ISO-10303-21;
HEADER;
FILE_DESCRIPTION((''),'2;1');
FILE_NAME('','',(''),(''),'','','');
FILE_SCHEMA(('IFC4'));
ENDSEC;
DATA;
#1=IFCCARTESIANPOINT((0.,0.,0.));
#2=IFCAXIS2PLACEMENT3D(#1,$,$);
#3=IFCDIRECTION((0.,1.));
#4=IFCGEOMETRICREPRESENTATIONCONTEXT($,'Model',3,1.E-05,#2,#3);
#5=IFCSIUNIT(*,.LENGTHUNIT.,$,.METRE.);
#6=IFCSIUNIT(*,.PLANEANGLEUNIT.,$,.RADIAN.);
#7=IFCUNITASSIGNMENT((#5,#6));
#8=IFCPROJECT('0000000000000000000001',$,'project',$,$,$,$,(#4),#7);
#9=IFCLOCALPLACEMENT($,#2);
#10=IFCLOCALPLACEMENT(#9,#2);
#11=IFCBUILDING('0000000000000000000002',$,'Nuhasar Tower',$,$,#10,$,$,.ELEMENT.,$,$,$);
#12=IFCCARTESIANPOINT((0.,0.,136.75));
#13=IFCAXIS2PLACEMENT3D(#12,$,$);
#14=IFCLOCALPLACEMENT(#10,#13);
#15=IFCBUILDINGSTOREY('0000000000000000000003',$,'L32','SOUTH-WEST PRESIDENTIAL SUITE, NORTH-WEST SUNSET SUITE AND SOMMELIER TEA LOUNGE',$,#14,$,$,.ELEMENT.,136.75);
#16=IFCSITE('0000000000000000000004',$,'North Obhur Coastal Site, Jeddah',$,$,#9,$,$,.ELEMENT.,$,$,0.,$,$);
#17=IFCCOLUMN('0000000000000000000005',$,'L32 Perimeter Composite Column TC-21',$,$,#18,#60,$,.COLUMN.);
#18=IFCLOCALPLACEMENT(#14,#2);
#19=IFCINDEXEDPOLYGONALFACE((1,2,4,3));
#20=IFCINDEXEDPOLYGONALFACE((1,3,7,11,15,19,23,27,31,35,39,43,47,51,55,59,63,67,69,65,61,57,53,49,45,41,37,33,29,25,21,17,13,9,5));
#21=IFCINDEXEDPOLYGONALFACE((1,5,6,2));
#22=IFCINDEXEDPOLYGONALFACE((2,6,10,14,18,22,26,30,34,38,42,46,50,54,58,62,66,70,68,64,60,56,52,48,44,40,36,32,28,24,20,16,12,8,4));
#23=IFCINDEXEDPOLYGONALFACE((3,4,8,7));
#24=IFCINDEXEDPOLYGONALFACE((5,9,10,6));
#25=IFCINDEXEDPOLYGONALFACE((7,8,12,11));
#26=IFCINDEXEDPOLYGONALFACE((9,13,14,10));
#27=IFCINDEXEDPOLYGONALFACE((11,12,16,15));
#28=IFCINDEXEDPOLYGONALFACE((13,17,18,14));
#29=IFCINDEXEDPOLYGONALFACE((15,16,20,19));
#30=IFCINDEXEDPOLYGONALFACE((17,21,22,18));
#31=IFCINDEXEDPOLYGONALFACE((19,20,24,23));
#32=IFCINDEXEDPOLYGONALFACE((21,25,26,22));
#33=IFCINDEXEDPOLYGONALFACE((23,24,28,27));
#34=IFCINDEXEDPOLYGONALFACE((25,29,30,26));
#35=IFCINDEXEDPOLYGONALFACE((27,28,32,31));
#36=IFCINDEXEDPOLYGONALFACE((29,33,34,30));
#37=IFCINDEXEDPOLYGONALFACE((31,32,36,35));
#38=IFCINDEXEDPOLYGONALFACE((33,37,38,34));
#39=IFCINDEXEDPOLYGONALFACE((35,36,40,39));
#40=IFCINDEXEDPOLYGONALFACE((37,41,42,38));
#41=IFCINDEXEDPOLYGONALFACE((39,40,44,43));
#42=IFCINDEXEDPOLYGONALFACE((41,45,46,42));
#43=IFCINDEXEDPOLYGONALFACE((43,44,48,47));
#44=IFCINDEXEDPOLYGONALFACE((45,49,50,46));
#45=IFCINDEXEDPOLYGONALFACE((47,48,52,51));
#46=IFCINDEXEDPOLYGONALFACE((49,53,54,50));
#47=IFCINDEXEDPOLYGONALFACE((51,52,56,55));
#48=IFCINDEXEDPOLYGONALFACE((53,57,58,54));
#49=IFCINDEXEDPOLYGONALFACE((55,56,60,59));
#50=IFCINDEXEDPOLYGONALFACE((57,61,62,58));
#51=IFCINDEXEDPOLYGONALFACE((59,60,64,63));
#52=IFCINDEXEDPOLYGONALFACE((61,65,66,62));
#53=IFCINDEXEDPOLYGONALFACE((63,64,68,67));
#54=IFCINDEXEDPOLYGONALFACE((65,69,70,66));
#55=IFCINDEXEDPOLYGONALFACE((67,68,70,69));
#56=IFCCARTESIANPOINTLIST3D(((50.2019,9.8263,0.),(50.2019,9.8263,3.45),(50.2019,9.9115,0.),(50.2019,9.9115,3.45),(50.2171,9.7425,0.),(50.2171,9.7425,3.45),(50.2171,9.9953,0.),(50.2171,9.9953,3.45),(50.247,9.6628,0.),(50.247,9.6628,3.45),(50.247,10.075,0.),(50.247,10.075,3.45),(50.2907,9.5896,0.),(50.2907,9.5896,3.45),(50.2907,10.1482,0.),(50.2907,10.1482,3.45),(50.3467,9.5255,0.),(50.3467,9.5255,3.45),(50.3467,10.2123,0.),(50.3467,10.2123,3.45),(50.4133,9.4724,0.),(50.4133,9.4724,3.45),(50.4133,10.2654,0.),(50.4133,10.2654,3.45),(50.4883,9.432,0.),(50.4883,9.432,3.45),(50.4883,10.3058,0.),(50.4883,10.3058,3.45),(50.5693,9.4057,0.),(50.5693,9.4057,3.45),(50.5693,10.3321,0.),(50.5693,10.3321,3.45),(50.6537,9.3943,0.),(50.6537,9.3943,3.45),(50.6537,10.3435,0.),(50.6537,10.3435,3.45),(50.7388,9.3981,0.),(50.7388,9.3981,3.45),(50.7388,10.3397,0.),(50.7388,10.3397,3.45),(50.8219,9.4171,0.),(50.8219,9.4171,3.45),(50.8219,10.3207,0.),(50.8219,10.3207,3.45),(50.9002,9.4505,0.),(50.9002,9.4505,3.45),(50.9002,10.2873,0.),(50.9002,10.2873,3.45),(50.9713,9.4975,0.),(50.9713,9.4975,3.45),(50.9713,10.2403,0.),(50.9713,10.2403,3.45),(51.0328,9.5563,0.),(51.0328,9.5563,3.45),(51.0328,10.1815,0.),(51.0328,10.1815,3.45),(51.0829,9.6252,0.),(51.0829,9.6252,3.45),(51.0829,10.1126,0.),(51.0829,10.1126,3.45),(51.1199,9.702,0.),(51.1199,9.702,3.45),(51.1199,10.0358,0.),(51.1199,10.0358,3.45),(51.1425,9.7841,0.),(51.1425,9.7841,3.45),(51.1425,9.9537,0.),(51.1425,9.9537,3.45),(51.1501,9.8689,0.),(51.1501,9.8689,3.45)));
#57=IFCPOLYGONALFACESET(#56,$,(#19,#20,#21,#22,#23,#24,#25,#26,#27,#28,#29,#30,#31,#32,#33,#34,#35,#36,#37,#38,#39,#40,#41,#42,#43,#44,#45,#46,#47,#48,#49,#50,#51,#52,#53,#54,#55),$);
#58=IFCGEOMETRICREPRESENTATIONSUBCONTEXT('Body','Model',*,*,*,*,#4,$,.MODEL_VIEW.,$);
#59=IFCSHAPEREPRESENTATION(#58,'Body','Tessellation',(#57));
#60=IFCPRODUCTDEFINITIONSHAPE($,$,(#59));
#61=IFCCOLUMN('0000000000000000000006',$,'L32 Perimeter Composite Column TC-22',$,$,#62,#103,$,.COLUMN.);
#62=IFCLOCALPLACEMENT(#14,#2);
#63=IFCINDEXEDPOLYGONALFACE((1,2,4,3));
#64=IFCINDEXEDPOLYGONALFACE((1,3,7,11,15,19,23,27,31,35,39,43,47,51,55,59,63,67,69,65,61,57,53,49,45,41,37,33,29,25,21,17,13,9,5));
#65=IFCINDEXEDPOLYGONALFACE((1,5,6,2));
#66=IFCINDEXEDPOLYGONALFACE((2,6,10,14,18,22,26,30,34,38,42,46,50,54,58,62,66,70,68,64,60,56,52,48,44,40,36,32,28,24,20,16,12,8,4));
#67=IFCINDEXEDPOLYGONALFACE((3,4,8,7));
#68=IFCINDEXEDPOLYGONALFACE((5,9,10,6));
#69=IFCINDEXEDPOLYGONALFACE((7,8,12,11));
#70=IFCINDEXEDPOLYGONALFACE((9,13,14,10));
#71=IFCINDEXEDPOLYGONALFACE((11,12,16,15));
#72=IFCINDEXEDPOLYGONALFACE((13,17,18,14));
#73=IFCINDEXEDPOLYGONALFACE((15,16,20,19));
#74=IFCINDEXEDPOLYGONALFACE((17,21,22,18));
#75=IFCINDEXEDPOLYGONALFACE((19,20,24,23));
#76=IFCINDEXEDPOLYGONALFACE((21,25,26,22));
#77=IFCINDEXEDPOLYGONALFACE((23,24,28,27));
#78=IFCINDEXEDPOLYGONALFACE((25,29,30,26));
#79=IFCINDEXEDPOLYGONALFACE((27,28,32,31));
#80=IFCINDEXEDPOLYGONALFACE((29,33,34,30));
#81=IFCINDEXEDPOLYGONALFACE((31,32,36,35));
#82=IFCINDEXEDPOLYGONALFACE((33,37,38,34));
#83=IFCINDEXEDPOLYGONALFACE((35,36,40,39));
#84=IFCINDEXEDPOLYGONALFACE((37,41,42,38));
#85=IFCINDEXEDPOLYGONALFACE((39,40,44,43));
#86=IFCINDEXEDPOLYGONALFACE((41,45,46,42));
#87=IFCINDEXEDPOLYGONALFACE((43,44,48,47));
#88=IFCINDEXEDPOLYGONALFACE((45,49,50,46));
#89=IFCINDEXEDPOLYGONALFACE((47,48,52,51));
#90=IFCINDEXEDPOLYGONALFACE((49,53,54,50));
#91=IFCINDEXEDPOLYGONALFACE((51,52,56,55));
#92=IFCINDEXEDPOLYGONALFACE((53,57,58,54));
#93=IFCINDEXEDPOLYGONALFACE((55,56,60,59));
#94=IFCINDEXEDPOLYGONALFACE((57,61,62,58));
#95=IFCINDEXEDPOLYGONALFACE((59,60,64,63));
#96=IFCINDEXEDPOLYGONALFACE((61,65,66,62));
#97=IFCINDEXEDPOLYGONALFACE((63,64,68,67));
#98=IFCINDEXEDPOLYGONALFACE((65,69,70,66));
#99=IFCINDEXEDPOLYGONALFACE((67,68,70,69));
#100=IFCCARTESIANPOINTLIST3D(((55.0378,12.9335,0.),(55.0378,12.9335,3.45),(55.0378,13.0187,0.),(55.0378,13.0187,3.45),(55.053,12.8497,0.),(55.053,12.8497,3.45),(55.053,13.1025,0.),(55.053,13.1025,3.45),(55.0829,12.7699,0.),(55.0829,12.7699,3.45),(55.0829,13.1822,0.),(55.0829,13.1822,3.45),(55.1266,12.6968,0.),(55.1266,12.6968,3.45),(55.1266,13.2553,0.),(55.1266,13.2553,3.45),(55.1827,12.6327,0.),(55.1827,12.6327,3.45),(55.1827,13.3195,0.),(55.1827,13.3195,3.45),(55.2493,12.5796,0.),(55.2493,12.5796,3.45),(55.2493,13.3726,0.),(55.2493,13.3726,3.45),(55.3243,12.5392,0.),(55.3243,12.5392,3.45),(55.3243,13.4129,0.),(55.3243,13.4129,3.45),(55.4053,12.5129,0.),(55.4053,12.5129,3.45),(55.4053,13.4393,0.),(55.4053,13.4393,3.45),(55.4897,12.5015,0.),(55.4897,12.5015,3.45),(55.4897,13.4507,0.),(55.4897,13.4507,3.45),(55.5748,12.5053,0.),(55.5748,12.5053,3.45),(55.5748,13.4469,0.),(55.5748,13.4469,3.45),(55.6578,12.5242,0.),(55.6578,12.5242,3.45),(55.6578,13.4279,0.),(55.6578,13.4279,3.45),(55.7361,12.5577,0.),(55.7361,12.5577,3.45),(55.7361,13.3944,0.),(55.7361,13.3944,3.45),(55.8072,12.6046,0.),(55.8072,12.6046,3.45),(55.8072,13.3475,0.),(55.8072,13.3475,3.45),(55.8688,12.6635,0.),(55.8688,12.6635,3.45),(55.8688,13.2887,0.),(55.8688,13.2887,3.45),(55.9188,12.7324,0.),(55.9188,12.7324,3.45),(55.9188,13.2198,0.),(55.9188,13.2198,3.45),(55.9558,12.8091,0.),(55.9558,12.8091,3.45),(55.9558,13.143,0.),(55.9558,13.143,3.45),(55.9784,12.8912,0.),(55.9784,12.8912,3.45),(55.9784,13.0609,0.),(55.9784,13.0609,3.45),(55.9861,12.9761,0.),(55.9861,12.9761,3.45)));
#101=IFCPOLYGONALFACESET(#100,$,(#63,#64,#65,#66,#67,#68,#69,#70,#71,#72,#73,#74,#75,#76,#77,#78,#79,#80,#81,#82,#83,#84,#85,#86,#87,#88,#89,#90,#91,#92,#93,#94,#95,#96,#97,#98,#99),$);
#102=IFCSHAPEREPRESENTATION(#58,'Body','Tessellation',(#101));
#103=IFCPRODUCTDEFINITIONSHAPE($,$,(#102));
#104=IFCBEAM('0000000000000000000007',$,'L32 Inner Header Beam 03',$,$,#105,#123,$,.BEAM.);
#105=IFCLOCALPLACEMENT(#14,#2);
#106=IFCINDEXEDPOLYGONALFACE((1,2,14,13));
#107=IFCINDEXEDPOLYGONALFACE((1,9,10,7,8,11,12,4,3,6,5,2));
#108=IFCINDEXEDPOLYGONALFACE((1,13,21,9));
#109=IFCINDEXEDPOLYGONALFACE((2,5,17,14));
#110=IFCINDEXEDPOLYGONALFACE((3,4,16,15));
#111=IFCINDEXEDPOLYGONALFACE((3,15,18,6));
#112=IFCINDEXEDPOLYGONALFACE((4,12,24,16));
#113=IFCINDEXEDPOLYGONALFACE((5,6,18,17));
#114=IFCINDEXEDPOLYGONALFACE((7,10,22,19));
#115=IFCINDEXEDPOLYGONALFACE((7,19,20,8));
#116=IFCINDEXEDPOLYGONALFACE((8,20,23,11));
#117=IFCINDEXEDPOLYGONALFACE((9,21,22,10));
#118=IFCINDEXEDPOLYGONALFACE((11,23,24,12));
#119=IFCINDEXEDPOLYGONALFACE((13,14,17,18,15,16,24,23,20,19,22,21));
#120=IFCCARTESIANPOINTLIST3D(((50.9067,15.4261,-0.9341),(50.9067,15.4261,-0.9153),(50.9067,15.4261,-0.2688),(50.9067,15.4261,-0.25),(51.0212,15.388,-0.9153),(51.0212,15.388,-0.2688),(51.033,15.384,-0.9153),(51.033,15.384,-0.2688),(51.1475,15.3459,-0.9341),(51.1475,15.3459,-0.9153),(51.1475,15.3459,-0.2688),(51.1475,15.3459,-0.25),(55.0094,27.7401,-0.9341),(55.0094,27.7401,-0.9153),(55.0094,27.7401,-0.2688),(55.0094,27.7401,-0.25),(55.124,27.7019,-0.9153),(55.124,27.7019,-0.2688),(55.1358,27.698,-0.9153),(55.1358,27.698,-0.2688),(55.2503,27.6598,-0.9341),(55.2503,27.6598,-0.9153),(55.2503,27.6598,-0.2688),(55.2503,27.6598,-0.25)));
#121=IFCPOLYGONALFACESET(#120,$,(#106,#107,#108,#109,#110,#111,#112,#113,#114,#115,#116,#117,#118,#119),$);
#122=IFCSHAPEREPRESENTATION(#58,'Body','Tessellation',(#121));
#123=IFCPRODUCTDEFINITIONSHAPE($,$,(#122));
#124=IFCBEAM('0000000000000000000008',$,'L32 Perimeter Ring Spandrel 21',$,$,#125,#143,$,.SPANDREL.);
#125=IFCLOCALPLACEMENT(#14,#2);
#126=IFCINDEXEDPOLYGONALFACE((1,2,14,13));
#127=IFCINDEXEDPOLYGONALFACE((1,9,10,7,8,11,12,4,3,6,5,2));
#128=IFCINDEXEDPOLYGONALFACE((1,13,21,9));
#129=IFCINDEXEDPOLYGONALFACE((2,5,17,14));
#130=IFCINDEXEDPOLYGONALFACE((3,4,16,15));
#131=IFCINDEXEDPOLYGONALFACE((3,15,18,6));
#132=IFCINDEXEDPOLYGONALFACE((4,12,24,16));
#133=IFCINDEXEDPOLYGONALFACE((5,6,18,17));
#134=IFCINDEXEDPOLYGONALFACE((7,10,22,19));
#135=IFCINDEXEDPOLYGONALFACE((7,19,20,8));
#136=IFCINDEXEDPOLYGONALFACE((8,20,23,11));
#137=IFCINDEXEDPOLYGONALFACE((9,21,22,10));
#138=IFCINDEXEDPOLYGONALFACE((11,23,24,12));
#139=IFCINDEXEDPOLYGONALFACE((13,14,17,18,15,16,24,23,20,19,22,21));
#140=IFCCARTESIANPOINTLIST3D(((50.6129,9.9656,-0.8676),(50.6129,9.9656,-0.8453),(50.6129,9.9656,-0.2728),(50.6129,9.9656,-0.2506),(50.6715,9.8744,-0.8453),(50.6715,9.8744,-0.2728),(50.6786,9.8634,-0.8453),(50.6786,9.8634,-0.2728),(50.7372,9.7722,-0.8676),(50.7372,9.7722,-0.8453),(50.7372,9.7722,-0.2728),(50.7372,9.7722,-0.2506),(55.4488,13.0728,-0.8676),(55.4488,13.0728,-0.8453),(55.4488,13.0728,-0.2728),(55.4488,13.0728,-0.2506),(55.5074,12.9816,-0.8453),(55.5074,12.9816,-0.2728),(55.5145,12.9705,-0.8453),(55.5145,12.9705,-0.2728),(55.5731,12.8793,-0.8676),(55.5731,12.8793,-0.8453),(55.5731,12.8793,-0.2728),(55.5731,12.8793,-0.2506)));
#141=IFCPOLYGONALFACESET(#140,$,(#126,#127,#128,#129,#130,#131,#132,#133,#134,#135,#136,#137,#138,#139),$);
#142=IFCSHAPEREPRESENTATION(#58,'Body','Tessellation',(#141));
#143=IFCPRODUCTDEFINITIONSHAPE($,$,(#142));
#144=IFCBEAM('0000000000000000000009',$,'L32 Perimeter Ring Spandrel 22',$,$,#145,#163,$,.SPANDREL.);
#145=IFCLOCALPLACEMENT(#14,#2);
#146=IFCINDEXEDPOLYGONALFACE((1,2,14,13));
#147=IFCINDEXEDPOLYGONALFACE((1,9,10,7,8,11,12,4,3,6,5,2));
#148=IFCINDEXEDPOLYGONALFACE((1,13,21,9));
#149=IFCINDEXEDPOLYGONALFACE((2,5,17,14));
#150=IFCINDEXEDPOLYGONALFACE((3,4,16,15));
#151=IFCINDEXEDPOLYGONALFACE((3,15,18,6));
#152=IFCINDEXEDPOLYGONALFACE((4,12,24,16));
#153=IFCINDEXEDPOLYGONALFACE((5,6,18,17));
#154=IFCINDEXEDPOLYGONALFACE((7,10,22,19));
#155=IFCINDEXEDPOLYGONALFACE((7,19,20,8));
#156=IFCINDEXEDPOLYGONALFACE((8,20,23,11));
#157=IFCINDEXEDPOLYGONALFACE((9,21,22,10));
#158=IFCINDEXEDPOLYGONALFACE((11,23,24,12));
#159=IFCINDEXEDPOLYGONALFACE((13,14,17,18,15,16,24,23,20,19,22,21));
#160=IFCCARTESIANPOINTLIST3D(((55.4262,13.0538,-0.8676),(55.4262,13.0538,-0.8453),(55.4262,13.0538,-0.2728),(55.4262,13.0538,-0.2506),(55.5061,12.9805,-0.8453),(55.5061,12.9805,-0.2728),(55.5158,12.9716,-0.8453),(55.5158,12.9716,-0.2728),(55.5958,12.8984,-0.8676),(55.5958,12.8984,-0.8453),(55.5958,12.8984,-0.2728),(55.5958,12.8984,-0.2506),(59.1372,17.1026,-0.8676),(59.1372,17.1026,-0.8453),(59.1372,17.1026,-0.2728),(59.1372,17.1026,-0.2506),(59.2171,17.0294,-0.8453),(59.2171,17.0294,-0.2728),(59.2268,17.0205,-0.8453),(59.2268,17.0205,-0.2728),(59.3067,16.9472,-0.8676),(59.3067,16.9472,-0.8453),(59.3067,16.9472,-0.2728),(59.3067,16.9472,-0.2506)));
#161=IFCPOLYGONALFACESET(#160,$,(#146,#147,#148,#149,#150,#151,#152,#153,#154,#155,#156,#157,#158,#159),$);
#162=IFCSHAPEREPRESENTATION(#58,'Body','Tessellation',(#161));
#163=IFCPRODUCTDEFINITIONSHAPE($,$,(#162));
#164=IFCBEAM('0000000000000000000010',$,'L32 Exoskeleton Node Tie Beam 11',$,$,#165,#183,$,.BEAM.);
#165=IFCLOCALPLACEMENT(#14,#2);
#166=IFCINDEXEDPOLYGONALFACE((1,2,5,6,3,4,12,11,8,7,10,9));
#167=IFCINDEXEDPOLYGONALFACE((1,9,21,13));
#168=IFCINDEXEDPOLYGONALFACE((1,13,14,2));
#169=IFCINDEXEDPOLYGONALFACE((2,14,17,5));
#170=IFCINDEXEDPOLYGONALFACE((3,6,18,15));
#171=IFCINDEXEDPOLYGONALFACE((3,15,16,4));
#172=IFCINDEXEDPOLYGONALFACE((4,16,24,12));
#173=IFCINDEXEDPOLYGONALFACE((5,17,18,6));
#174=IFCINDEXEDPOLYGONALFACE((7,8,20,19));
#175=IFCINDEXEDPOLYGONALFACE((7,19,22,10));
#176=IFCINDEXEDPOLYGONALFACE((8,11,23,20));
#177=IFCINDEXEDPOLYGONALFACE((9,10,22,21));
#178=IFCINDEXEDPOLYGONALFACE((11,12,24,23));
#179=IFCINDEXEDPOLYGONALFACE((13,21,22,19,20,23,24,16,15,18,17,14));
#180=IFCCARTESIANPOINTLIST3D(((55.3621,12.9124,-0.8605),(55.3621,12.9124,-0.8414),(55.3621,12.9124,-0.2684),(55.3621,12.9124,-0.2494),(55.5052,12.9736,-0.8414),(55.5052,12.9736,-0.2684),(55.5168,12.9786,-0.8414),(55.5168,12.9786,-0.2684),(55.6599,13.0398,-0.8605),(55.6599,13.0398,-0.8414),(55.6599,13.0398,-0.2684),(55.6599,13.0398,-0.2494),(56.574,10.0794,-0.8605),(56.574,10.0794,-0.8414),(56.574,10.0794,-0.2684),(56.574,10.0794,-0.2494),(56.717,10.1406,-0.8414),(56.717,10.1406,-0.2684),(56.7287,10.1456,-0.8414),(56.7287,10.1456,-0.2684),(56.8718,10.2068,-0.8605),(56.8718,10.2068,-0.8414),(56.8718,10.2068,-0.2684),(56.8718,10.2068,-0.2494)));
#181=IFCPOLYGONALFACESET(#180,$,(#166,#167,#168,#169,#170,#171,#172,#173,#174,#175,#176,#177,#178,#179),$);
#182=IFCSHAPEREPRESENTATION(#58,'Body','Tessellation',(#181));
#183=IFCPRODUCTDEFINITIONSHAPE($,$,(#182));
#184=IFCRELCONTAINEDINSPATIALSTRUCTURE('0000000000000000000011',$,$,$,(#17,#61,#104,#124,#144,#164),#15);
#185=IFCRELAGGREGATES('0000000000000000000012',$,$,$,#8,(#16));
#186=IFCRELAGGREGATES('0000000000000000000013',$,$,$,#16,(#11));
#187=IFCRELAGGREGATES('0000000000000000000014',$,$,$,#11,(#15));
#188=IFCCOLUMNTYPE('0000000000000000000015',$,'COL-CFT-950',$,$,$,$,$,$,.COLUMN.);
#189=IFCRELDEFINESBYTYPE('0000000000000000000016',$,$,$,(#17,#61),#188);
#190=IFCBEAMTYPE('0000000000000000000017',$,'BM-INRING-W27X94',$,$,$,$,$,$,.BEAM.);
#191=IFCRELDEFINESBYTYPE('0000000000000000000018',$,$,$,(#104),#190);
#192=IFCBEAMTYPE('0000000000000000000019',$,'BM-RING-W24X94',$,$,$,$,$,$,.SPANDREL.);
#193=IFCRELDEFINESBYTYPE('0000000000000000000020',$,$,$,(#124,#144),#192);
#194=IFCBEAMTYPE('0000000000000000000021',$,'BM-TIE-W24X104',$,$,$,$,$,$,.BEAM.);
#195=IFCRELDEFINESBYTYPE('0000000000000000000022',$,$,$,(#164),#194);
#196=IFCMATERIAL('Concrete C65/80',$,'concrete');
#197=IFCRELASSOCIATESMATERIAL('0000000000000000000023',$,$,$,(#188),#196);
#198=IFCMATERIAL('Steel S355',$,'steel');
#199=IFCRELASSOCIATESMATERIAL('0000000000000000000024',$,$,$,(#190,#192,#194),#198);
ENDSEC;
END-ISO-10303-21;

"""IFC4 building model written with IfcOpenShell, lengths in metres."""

from ifc_helpers import new_model, si_unit, direction, frame, origin, origin_2d, place, context, subcontext, project, spatial, circle, i_section, extrude, material, material_profile, profile_set, type_object, element, save


model = new_model("IFC4")

# Units and contexts
model_context = context("Model", 3, precision=1e-05, world=origin(), true_north=direction((0.0, 1.0)))
body_context = subcontext(model_context, "Body", "Model", "MODEL_VIEW")
ifc_project = project(units=[si_unit("LENGTHUNIT", "METRE"), si_unit("PLANEANGLEUNIT", "RADIAN")], contexts=[model_context])

# Site, building, storey
site_placement = place(None, origin())
site = spatial("IfcSite", under=ifc_project, at=site_placement, Name="North Obhur Coastal Site, Jeddah", CompositionType="ELEMENT", RefElevation=0.0)
building_placement = place(site_placement, origin())
building = spatial("IfcBuilding", under=site, at=building_placement, Name="Nuhasar Tower", CompositionType="ELEMENT")
storey_placement = place(building_placement, frame((0.0, 0.0, 136.75)))
storey = spatial("IfcBuildingStorey", under=building, at=storey_placement, Name="L32", Description="SOUTH-WEST PRESIDENTIAL SUITE, NORTH-WEST SUNSET SUITE AND SOMMELIER TEA LOUNGE", CompositionType="ELEMENT", Elevation=136.75)

# Columns
ifc_material_1 = material(Name="Concrete C65/80", Category="concrete")
ifc_material_profile_1 = material_profile(ifc_material_1, circle(Radius=0.4751, at=origin_2d()), Name="CFT950")
ifc_profile_set_1 = profile_set([ifc_material_profile_1], Name="Concrete C65/80")
column_type = type_object("IfcColumnType", Name="COL-CFT-950", PredefinedType="COLUMN", material=ifc_profile_set_1)
for number, where, z_axis, x_axis, name in (
    (1, (50.675, 9.8689, 0.0), (0.0, 0.0, 1.0), (1.0, 0.0, 0.0), "L32 Perimeter Composite Column TC-21"),
    (2, (55.511, 12.9761, 0.0), (0.0, 0.0, 1.0), (1.0, 0.0, 0.0), "L32 Perimeter Composite Column TC-22"),
):
    element("IfcColumn", number, at=place(storey_placement, frame(where, z_axis=z_axis, x_axis=x_axis)), inside=storey, type_object=column_type, Name=name, PredefinedType="COLUMN", context=body_context, shape_type="SweptSolid", body=[
        extrude(circle(Radius=0.4751, at=origin_2d()), origin(), (0.0, 0.0, 1.0), 3.45),
    ])

# Beams
ifc_material_2 = material(Name="Steel S355", Category="steel")
ifc_material_profile_2 = material_profile(ifc_material_2, i_section(OverallWidth=0.2539, OverallDepth=0.6841, WebThickness=0.0125, FlangeThickness=0.0188, at=origin_2d()), Name="W27X94")
ifc_profile_set_2 = profile_set([ifc_material_profile_2], Name="Steel S355")
beam_type_1 = type_object("IfcBeamType", Name="BM-INRING-W27X94", PredefinedType="BEAM", material=ifc_profile_set_2)
beam_1_placement = place(storey_placement, frame((51.0271, 15.386, -0.592), z_axis=(0.316098, 0.948727, 0.0), x_axis=(-0.948727, 0.316098, 0.0)))
element("IfcBeam", 3, at=beam_1_placement, inside=storey, type_object=beam_type_1, Name="L32 Inner Header Beam 03", PredefinedType="BEAM", context=body_context, shape_type="SweptSolid", body=[
    extrude(i_section(OverallWidth=0.2539, OverallDepth=0.6841, WebThickness=0.0125, FlangeThickness=0.0188, at=origin_2d()), origin(), (0.0, 0.0, 1.0), 12.9795),
])
ifc_material_profile_3 = material_profile(ifc_material_2, i_section(OverallWidth=0.23, OverallDepth=0.6169, WebThickness=0.0132, FlangeThickness=0.0222, at=origin_2d()), Name="W24X94")
ifc_profile_set_3 = profile_set([ifc_material_profile_3], Name="Steel S355")
beam_type_2 = type_object("IfcBeamType", Name="BM-RING-W24X94", PredefinedType="SPANDREL", material=ifc_profile_set_3)
beam_2_placement = place(storey_placement, frame((50.675, 9.8689, -0.5591), z_axis=(0.841308, 0.540556, 0.0), x_axis=(-0.540556, 0.841308, 0.0)))
element("IfcBeam", 4, at=beam_2_placement, inside=storey, type_object=beam_type_2, Name="L32 Perimeter Ring Spandrel 21", PredefinedType="SPANDREL", context=body_context, shape_type="SweptSolid", body=[
    extrude(i_section(OverallWidth=0.23, OverallDepth=0.6169, WebThickness=0.0132, FlangeThickness=0.0222, at=origin_2d()), origin(), (0.0, 0.0, 1.0), 5.748),
])
beam_3_placement = place(storey_placement, frame((55.511, 12.9761, -0.5591), z_axis=(0.675676, 0.737198, 0.0), x_axis=(-0.737198, 0.675676, 0.0)))
element("IfcBeam", 5, at=beam_3_placement, inside=storey, type_object=beam_type_2, Name="L32 Perimeter Ring Spandrel 22", PredefinedType="SPANDREL", context=body_context, shape_type="SweptSolid", body=[
    extrude(i_section(OverallWidth=0.23, OverallDepth=0.6169, WebThickness=0.0132, FlangeThickness=0.0222, at=origin_2d()), origin(), (0.0, 0.0, 1.0), 5.4922),
])
ifc_material_profile_4 = material_profile(ifc_material_2, i_section(OverallWidth=0.324, OverallDepth=0.6111, WebThickness=0.0127, FlangeThickness=0.019, at=origin_2d()), Name="W24X104")
ifc_profile_set_4 = profile_set([ifc_material_profile_4], Name="Steel S355")
beam_type_3 = type_object("IfcBeamType", Name="BM-TIE-W24X104", PredefinedType="BEAM", material=ifc_profile_set_4)
beam_4_placement = place(storey_placement, frame((55.511, 12.9761, -0.5549), z_axis=(0.393307, -0.919407, 0.0), x_axis=(0.919407, 0.393307, 0.0)))
element("IfcBeam", 6, at=beam_4_placement, inside=storey, type_object=beam_type_3, Name="L32 Exoskeleton Node Tie Beam 11", PredefinedType="BEAM", context=body_context, shape_type="SweptSolid", body=[
    extrude(i_section(OverallWidth=0.324, OverallDepth=0.6111, WebThickness=0.0127, FlangeThickness=0.019, at=origin_2d()), origin(), (0.0, 0.0, 1.0), 3.0813),
])

save(model, "model.ifc")
